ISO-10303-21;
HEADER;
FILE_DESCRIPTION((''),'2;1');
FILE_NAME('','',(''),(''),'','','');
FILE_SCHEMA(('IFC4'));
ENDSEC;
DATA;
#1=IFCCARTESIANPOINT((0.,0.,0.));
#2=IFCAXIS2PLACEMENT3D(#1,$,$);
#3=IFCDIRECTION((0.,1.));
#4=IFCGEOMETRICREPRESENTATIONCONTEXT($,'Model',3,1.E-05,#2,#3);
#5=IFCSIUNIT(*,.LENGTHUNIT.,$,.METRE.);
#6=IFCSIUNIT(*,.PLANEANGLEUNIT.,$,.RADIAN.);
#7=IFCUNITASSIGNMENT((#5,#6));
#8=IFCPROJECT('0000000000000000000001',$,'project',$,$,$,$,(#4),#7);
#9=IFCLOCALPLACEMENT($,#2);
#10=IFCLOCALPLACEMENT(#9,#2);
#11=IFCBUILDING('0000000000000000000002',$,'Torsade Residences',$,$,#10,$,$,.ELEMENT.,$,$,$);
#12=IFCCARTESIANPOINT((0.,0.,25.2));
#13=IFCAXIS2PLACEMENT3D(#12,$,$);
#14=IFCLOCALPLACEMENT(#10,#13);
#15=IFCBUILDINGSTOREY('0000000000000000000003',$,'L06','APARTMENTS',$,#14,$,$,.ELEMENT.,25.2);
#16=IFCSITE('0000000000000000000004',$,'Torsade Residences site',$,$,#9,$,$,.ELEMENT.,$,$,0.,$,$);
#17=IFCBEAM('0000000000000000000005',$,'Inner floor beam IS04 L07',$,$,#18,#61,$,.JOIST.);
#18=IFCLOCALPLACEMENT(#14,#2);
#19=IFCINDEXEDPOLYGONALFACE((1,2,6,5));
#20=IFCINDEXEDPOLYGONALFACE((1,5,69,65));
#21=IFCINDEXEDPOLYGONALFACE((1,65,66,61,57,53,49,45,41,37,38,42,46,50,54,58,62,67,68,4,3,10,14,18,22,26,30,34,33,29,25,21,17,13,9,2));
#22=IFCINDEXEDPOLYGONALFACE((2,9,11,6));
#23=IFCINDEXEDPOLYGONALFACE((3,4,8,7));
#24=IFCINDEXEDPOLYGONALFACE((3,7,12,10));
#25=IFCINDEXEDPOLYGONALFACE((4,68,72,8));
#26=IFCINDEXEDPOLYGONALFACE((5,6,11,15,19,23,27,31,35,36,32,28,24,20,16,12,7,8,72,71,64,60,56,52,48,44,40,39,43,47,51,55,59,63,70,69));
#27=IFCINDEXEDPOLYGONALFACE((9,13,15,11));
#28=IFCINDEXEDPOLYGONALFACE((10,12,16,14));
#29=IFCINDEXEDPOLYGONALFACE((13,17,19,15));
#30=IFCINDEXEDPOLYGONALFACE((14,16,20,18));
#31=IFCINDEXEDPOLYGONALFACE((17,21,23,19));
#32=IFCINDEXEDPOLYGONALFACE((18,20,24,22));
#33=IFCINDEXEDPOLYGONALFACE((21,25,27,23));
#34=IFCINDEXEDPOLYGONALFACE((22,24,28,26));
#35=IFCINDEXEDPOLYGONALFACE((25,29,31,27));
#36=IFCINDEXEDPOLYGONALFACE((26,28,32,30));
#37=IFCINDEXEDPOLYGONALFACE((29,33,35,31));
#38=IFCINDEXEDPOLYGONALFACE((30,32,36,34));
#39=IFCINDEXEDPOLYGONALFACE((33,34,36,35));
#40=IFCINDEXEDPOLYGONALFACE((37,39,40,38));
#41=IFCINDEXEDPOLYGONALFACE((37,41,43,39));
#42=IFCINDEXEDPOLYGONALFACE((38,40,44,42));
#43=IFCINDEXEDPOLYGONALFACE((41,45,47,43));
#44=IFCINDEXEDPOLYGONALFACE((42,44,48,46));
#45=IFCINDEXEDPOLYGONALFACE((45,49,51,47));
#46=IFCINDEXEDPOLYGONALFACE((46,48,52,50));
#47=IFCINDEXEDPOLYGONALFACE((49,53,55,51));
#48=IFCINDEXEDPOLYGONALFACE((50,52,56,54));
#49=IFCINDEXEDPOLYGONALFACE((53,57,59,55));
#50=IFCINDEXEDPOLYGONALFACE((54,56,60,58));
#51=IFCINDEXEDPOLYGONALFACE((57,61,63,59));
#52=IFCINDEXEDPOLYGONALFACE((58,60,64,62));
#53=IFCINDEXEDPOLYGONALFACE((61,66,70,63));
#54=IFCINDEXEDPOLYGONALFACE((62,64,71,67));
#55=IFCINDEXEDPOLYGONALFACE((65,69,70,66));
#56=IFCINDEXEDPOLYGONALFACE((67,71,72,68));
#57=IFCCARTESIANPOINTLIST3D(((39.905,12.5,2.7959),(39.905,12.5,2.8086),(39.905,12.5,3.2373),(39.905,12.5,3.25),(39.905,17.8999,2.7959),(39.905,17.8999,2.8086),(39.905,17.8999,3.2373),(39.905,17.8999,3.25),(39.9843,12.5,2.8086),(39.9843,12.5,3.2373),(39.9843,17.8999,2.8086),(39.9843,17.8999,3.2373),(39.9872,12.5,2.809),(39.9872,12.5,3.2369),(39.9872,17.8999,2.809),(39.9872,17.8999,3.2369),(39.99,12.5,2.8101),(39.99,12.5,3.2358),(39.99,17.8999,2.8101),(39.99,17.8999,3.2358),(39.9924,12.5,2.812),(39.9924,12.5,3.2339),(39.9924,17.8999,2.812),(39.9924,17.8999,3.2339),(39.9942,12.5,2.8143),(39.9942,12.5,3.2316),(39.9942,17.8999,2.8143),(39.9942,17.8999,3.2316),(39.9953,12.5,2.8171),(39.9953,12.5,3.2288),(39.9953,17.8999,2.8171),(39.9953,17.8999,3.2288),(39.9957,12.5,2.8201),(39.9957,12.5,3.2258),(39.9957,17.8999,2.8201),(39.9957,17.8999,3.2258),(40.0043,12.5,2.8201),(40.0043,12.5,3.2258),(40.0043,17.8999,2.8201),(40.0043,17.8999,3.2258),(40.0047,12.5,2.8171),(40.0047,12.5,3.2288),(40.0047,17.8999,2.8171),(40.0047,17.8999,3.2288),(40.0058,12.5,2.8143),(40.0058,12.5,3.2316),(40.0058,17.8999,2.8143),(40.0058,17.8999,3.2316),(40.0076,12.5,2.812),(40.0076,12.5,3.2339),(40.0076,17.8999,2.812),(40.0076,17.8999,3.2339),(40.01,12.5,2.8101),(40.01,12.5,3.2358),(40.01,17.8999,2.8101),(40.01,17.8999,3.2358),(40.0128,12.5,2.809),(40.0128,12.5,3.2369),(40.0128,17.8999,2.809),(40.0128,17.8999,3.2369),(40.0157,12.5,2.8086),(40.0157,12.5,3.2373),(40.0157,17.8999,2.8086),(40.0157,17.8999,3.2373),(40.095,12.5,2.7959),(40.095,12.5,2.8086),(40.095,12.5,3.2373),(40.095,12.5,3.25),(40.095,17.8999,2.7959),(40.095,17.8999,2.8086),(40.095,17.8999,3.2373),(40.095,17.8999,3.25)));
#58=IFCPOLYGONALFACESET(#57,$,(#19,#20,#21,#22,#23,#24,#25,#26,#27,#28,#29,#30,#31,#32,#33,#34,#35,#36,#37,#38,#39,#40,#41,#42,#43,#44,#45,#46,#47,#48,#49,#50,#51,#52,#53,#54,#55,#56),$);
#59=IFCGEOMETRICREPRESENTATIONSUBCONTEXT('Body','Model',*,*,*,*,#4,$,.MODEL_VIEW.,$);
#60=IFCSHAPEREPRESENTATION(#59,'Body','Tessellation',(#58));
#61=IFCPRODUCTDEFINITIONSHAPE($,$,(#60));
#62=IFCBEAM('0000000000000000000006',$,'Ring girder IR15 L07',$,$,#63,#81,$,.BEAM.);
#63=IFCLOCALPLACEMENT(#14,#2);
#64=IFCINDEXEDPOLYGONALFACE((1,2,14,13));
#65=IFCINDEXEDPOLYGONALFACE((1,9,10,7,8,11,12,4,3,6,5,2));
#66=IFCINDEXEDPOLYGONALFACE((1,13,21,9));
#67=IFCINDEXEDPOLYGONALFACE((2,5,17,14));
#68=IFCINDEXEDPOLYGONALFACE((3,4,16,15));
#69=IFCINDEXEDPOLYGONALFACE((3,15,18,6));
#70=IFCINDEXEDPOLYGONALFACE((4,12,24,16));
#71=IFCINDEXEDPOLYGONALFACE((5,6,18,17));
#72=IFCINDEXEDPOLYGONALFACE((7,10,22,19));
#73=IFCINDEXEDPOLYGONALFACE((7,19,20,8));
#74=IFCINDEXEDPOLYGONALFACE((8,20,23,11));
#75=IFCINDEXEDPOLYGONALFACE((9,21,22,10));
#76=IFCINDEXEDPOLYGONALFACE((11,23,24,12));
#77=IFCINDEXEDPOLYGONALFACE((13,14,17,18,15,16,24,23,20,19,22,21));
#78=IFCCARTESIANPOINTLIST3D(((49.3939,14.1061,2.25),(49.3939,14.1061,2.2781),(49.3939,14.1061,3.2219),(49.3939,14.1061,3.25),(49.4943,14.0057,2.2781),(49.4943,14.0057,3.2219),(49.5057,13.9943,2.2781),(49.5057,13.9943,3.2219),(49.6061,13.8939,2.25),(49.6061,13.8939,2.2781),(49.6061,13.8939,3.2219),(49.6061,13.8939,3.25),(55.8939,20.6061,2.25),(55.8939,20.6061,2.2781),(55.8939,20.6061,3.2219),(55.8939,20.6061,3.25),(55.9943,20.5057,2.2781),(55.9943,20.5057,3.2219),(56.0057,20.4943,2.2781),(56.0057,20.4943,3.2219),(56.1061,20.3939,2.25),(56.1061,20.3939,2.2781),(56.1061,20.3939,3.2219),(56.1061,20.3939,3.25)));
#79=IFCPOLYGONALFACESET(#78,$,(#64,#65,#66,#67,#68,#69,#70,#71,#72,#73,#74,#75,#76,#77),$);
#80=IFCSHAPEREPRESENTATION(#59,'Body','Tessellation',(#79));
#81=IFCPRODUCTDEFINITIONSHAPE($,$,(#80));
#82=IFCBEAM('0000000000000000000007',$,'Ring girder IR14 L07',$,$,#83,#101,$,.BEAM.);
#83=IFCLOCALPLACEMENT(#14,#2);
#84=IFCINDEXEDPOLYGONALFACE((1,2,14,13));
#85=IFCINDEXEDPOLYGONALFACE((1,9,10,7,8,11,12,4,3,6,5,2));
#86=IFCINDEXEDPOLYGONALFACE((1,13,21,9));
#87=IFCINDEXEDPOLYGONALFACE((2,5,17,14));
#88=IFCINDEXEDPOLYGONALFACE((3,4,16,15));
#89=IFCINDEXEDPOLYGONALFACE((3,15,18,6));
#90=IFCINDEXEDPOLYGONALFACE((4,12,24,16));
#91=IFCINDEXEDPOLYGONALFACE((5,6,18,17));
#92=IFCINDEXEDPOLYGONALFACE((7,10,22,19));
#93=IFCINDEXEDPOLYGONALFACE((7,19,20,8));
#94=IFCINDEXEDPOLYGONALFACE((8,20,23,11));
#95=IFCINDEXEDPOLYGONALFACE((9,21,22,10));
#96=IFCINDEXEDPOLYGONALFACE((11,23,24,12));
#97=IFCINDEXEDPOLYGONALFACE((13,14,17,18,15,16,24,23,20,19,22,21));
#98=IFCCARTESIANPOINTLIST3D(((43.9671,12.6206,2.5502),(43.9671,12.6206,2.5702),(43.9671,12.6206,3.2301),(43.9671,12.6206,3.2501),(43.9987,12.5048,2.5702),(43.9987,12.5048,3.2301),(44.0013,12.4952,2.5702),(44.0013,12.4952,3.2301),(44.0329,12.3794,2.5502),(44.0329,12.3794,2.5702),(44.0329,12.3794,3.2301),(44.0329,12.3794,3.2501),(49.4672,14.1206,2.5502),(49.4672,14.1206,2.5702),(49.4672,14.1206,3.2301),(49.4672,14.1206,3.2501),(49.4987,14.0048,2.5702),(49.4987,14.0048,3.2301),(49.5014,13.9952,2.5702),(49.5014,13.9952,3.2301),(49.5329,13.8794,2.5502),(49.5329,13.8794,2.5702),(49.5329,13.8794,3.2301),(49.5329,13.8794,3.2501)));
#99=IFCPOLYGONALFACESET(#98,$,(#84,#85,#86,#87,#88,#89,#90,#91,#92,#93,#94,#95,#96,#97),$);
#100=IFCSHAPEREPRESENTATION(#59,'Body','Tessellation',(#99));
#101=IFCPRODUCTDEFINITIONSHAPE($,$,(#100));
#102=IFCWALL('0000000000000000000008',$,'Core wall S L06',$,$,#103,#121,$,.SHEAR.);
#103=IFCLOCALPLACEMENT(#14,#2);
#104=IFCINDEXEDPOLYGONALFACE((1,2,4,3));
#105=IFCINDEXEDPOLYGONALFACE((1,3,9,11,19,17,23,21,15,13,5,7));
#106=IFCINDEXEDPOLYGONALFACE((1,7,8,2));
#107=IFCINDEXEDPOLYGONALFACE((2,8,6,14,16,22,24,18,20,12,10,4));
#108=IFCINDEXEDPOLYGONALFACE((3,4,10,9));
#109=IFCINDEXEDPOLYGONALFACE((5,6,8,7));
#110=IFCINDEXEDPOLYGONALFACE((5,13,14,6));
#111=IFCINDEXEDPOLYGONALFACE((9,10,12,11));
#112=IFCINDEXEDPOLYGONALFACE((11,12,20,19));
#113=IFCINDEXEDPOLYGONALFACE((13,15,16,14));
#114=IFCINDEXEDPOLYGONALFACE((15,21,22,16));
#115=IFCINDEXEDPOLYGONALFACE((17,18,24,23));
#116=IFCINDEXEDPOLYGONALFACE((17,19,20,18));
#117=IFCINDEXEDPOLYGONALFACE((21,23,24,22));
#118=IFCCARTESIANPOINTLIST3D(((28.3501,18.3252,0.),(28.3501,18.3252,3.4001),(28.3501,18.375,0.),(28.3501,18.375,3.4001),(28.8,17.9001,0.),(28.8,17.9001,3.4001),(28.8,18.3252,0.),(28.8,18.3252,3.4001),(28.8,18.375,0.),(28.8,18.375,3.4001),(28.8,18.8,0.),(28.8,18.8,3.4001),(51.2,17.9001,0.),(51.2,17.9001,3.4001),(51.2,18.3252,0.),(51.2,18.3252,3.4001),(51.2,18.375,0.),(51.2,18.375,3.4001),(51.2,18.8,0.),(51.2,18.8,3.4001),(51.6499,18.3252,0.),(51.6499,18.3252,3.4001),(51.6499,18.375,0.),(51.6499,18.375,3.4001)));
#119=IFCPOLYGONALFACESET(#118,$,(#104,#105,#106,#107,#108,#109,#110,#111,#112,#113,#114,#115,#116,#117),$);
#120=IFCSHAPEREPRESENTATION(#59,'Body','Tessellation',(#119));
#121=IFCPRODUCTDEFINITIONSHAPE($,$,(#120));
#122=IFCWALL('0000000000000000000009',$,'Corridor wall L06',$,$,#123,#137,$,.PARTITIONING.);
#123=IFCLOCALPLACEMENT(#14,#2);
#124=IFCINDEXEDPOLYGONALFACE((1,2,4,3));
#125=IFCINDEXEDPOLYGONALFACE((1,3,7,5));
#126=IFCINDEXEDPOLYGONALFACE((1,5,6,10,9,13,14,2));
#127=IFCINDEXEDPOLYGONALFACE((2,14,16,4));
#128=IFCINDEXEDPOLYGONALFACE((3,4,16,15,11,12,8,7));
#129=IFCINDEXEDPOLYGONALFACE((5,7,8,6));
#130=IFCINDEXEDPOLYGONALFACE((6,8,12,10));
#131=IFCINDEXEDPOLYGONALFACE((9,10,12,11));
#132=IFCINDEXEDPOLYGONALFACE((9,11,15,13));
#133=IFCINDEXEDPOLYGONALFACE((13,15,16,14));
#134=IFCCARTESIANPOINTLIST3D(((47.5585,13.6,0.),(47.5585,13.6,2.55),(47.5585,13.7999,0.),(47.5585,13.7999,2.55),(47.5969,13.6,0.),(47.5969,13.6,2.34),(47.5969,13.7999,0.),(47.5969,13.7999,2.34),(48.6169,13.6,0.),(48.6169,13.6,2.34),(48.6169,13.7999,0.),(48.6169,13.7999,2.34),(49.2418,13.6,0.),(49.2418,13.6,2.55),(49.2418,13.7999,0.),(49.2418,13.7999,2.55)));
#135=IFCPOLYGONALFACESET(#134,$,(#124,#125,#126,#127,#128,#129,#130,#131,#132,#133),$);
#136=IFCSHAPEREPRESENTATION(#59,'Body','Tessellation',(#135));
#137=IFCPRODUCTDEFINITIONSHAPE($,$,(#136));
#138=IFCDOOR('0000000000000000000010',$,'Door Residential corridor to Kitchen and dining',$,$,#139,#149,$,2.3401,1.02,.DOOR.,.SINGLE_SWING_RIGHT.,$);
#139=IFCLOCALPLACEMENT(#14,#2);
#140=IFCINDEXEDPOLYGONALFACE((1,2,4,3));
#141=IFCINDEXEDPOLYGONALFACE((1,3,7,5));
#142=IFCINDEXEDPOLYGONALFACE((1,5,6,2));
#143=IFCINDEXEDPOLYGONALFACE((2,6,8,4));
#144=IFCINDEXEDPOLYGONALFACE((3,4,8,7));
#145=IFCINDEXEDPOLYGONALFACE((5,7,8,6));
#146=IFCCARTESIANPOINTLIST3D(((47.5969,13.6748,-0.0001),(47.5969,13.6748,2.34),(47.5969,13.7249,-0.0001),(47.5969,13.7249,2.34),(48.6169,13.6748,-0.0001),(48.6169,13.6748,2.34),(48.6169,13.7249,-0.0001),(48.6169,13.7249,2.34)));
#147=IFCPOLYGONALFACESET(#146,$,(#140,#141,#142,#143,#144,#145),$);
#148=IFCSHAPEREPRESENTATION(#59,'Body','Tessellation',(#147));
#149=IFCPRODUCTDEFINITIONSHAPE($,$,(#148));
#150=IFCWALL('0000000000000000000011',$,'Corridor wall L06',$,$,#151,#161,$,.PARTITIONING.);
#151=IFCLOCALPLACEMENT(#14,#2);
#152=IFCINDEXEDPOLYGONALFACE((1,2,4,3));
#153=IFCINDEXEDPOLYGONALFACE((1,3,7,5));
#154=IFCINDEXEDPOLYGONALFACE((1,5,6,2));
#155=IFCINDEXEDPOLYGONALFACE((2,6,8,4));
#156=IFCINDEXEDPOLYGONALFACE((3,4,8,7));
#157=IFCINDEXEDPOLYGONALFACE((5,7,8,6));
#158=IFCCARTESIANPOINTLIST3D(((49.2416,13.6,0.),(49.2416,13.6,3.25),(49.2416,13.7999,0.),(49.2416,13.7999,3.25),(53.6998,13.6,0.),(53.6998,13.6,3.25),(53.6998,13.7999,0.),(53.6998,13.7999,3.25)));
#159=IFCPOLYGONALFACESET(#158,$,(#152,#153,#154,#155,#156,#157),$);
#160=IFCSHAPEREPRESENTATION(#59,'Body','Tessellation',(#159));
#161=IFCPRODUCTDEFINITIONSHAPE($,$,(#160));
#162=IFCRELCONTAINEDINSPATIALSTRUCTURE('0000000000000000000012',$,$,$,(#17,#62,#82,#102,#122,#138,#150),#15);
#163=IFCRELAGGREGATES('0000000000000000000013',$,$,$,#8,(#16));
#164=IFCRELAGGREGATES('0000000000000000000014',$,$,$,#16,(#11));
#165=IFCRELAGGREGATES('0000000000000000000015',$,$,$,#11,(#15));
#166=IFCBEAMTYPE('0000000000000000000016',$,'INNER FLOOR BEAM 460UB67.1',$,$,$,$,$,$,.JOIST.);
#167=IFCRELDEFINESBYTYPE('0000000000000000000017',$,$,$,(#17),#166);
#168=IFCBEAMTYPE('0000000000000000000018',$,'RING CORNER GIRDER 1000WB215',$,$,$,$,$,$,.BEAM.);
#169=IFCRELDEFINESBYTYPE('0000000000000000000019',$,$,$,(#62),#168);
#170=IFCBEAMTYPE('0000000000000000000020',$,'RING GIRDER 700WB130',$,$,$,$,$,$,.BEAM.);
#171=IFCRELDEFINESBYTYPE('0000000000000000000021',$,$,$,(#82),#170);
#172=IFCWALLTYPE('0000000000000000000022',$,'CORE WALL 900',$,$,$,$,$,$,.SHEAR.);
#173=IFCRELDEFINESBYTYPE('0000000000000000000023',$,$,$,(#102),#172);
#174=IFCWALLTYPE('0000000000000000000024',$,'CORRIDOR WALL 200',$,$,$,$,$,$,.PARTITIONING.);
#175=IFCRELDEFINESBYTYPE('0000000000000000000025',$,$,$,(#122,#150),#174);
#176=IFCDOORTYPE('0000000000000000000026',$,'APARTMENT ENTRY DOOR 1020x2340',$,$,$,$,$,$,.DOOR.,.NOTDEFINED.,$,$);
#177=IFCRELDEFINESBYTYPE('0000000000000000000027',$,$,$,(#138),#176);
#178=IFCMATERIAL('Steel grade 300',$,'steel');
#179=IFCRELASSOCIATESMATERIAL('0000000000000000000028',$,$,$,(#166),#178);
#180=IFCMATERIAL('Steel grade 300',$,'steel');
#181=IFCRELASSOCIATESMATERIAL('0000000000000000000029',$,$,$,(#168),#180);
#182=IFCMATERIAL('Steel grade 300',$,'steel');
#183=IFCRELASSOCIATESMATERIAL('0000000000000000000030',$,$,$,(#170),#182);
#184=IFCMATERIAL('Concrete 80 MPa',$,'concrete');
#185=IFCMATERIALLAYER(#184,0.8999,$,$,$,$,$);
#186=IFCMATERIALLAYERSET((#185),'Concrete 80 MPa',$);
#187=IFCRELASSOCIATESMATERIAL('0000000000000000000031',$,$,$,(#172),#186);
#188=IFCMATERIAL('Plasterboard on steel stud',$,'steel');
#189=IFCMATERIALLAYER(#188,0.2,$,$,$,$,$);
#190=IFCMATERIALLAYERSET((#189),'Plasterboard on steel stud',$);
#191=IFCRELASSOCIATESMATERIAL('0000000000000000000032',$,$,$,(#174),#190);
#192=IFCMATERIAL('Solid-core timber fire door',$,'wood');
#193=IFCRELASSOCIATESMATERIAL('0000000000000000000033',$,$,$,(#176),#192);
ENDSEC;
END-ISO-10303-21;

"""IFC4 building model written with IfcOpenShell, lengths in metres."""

from ifc_helpers import new_model, si_unit, direction, frame, frame_2d, origin, origin_2d, place, context, subcontext, project, spatial, polyline, rectangle, i_section, outline, extrude, material, layer, layer_set, material_profile, profile_set, type_object, element, fill, save


model = new_model("IFC4")

# Units and contexts
model_context = context("Model", 3, precision=1e-05, world=origin(), true_north=direction((0.0, 1.0)))
body_context = subcontext(model_context, "Body", "Model", "MODEL_VIEW")
ifc_project = project(units=[si_unit("LENGTHUNIT", "METRE"), si_unit("PLANEANGLEUNIT", "RADIAN")], contexts=[model_context])

# Site, building, storey
site_placement = place(None, origin())
site = spatial("IfcSite", under=ifc_project, at=site_placement, Name="Torsade Residences site", CompositionType="ELEMENT", RefElevation=0.0)
building_placement = place(site_placement, origin())
building = spatial("IfcBuilding", under=site, at=building_placement, Name="Torsade Residences", CompositionType="ELEMENT")
storey_placement = place(building_placement, frame((0.0, 0.0, 25.2)))
storey = spatial("IfcBuildingStorey", under=building, at=storey_placement, Name="L06", Description="APARTMENTS", CompositionType="ELEMENT", Elevation=25.2)

# Beams
ifc_material_1 = material(Name="Steel grade 300", Category="steel")
ifc_material_profile_1 = material_profile(ifc_material_1, i_section(OverallWidth=0.1899, OverallDepth=0.4541, WebThickness=0.0085, FlangeThickness=0.0127, FilletRadius=0.0115, at=origin_2d()), Name="460UB67.1")
ifc_profile_set_1 = profile_set([ifc_material_profile_1], Name="Steel grade 300")
beam_type_1 = type_object("IfcBeamType", Name="INNER FLOOR BEAM 460UB67.1", PredefinedType="JOIST", material=ifc_profile_set_1)
for number, where, z_axis, x_axis, name in (
    (1, (40.0, 17.8999, 3.0229), (0.0, -1.0, 0.0), (1.0, 0.0, 0.0), "Inner floor beam IS04 L07"),
):
    element("IfcBeam", number, at=place(storey_placement, frame(where, z_axis=z_axis, x_axis=x_axis)), inside=storey, type_object=beam_type_1, Name=name, PredefinedType="JOIST", context=body_context, shape_type="SweptSolid", body=[
        extrude(i_section(OverallWidth=0.1899, OverallDepth=0.4541, WebThickness=0.0085, FlangeThickness=0.0127, FilletRadius=0.0115, at=origin_2d()), origin(), (0.0, 0.0, 1.0), 5.3999),
    ])
ifc_material_2 = material(Name="Steel grade 300", Category="steel")
ifc_material_profile_2 = material_profile(ifc_material_2, i_section(OverallWidth=0.3, OverallDepth=1.0, WebThickness=0.0161, FlangeThickness=0.0281, at=origin_2d()), Name="1000WB215")
ifc_profile_set_2 = profile_set([ifc_material_profile_2], Name="Steel grade 300")
beam_type_2 = type_object("IfcBeamType", Name="RING CORNER GIRDER 1000WB215", PredefinedType="BEAM", material=ifc_profile_set_2)
beam_1_placement = place(storey_placement, frame((49.5, 14.0, 2.75), z_axis=(0.707107, 0.707107, 0.0), x_axis=(-0.707107, 0.707107, 0.0)))
element("IfcBeam", 2, at=beam_1_placement, inside=storey, type_object=beam_type_2, Name="Ring girder IR15 L07", PredefinedType="BEAM", context=body_context, shape_type="SweptSolid", body=[
    extrude(i_section(OverallWidth=0.3, OverallDepth=1.0, WebThickness=0.0161, FlangeThickness=0.0281, at=origin_2d()), origin(), (0.0, 0.0, 1.0), 9.1924),
])
ifc_material_3 = material(Name="Steel grade 300", Category="steel")
ifc_material_profile_3 = material_profile(ifc_material_3, i_section(OverallWidth=0.25, OverallDepth=0.7, WebThickness=0.01, FlangeThickness=0.02, at=origin_2d()), Name="700WB130")
ifc_profile_set_3 = profile_set([ifc_material_profile_3], Name="Steel grade 300")
beam_type_3 = type_object("IfcBeamType", Name="RING GIRDER 700WB130", PredefinedType="BEAM", material=ifc_profile_set_3)
beam_2_placement = place(storey_placement, frame((44.0, 12.5, 2.9001), z_axis=(0.964764, 0.263117, 0.0), x_axis=(-0.263117, 0.964764, 0.0)))
element("IfcBeam", 3, at=beam_2_placement, inside=storey, type_object=beam_type_3, Name="Ring girder IR14 L07", PredefinedType="BEAM", context=body_context, shape_type="SweptSolid", body=[
    extrude(i_section(OverallWidth=0.25, OverallDepth=0.7, WebThickness=0.01, FlangeThickness=0.02, at=origin_2d()), origin(), (0.0, 0.0, 1.0), 5.7009),
])

# Wall
ifc_material_4 = material(Name="Concrete 80 MPa", Category="concrete")
ifc_layer_1 = layer(ifc_material_4, 0.8999)
ifc_layer_set_1 = layer_set([ifc_layer_1], Name="Concrete 80 MPa")
wall_type_1 = type_object("IfcWallType", Name="CORE WALL 900", PredefinedType="SHEAR", material=ifc_layer_set_1)
wall_1_placement = place(storey_placement, frame((51.2, 18.3501, 0.0), z_axis=(0.0, 0.0, 1.0), x_axis=(-1.0, 0.0, 0.0)))
element("IfcWall", 4, at=wall_1_placement, inside=storey, type_object=wall_type_1, Name="Core wall S L06", PredefinedType="SHEAR", context=body_context, shape_type="SweptSolid", body=[
    extrude(outline(polyline([(0.0, -0.45), (22.3999, -0.45), (22.3999, -0.0249), (22.8499, -0.0249), (22.8499, 0.0249), (22.3999, 0.0249), (22.3999, 0.45), (0.0, 0.45), (0.0, 0.0249), (-0.45, 0.0249), (-0.45, -0.0249), (0.0, -0.0249), (0.0, -0.45)])), origin(), (0.0, 0.0, 1.0), 3.4001),
])

# Wall, opening, door
ifc_material_5 = material(Name="Plasterboard on steel stud", Category="steel")
ifc_layer_2 = layer(ifc_material_5, 0.2)
ifc_layer_set_2 = layer_set([ifc_layer_2], Name="Plasterboard on steel stud")
wall_type_2 = type_object("IfcWallType", Name="CORRIDOR WALL 200", PredefinedType="PARTITIONING", material=ifc_layer_set_2)
wall_2_placement = place(storey_placement, frame((47.5583, 13.7, 0.0), z_axis=(0.0, 0.0, 1.0), x_axis=(1.0, 0.0, 0.0)))
wall_2 = element("IfcWall", 5, at=wall_2_placement, inside=storey, type_object=wall_type_2, Name="Corridor wall L06", PredefinedType="PARTITIONING", context=body_context, shape_type="SweptSolid", body=[
    extrude(rectangle(XDim=1.6833, YDim=0.2, at=frame_2d((0.8418, 0.0))), origin(), (0.0, 0.0, 1.0), 2.55),
])
opening_1_placement = place(wall_2_placement, frame((0.0386, 0.0, 0.0)))
opening_1 = element("IfcOpeningElement", 6, at=opening_1_placement, cuts=wall_2, PredefinedType="OPENING", context=body_context, shape_type="SweptSolid", body=[
    extrude(rectangle(XDim=1.02, YDim=2.3401, at=frame_2d((0.51, 1.1699))), frame((0.0, 0.1099, 0.0), z_axis=(0.0, -1.0, 0.0), x_axis=(1.0, 0.0, 0.0)), (0.0, 0.0, 1.0), 0.22),
])
ifc_material_6 = material(Name="Solid-core timber fire door", Category="wood")
door_type = type_object("IfcDoorType", Name="APARTMENT ENTRY DOOR 1020x2340", OperationType="NOTDEFINED", PredefinedType="DOOR", material=ifc_material_6)
door_1_placement = place(opening_1_placement, origin())
door_1 = element("IfcDoor", 7, at=door_1_placement, inside=storey, type_object=door_type, Name="Door Residential corridor to Kitchen and dining", OperationType="SINGLE_SWING_RIGHT", OverallHeight=2.3401, OverallWidth=1.02, PredefinedType="DOOR", context=body_context, shape_type="SweptSolid", body=[
    extrude(rectangle(XDim=1.02, YDim=2.3401, at=frame_2d((0.51, 1.1699))), frame((0.0, 0.0249, 0.0), z_axis=(0.0, -1.0, 0.0), x_axis=(1.0, 0.0, 0.0)), (0.0, 0.0, 1.0), 0.05),
])
fill(opening_1, door_1)

# Wall
wall_3_placement = place(storey_placement, frame((49.2417, 13.7, 0.0), z_axis=(0.0, 0.0, 1.0), x_axis=(1.0, 0.0, 0.0)))
element("IfcWall", 8, at=wall_3_placement, inside=storey, type_object=wall_type_2, Name="Corridor wall L06", PredefinedType="PARTITIONING", context=body_context, shape_type="SweptSolid", body=[
    extrude(rectangle(XDim=4.4583, YDim=0.2, at=frame_2d((2.229, 0.0))), origin(), (0.0, 0.0, 1.0), 3.25),
])

save(model, "model.ifc")
